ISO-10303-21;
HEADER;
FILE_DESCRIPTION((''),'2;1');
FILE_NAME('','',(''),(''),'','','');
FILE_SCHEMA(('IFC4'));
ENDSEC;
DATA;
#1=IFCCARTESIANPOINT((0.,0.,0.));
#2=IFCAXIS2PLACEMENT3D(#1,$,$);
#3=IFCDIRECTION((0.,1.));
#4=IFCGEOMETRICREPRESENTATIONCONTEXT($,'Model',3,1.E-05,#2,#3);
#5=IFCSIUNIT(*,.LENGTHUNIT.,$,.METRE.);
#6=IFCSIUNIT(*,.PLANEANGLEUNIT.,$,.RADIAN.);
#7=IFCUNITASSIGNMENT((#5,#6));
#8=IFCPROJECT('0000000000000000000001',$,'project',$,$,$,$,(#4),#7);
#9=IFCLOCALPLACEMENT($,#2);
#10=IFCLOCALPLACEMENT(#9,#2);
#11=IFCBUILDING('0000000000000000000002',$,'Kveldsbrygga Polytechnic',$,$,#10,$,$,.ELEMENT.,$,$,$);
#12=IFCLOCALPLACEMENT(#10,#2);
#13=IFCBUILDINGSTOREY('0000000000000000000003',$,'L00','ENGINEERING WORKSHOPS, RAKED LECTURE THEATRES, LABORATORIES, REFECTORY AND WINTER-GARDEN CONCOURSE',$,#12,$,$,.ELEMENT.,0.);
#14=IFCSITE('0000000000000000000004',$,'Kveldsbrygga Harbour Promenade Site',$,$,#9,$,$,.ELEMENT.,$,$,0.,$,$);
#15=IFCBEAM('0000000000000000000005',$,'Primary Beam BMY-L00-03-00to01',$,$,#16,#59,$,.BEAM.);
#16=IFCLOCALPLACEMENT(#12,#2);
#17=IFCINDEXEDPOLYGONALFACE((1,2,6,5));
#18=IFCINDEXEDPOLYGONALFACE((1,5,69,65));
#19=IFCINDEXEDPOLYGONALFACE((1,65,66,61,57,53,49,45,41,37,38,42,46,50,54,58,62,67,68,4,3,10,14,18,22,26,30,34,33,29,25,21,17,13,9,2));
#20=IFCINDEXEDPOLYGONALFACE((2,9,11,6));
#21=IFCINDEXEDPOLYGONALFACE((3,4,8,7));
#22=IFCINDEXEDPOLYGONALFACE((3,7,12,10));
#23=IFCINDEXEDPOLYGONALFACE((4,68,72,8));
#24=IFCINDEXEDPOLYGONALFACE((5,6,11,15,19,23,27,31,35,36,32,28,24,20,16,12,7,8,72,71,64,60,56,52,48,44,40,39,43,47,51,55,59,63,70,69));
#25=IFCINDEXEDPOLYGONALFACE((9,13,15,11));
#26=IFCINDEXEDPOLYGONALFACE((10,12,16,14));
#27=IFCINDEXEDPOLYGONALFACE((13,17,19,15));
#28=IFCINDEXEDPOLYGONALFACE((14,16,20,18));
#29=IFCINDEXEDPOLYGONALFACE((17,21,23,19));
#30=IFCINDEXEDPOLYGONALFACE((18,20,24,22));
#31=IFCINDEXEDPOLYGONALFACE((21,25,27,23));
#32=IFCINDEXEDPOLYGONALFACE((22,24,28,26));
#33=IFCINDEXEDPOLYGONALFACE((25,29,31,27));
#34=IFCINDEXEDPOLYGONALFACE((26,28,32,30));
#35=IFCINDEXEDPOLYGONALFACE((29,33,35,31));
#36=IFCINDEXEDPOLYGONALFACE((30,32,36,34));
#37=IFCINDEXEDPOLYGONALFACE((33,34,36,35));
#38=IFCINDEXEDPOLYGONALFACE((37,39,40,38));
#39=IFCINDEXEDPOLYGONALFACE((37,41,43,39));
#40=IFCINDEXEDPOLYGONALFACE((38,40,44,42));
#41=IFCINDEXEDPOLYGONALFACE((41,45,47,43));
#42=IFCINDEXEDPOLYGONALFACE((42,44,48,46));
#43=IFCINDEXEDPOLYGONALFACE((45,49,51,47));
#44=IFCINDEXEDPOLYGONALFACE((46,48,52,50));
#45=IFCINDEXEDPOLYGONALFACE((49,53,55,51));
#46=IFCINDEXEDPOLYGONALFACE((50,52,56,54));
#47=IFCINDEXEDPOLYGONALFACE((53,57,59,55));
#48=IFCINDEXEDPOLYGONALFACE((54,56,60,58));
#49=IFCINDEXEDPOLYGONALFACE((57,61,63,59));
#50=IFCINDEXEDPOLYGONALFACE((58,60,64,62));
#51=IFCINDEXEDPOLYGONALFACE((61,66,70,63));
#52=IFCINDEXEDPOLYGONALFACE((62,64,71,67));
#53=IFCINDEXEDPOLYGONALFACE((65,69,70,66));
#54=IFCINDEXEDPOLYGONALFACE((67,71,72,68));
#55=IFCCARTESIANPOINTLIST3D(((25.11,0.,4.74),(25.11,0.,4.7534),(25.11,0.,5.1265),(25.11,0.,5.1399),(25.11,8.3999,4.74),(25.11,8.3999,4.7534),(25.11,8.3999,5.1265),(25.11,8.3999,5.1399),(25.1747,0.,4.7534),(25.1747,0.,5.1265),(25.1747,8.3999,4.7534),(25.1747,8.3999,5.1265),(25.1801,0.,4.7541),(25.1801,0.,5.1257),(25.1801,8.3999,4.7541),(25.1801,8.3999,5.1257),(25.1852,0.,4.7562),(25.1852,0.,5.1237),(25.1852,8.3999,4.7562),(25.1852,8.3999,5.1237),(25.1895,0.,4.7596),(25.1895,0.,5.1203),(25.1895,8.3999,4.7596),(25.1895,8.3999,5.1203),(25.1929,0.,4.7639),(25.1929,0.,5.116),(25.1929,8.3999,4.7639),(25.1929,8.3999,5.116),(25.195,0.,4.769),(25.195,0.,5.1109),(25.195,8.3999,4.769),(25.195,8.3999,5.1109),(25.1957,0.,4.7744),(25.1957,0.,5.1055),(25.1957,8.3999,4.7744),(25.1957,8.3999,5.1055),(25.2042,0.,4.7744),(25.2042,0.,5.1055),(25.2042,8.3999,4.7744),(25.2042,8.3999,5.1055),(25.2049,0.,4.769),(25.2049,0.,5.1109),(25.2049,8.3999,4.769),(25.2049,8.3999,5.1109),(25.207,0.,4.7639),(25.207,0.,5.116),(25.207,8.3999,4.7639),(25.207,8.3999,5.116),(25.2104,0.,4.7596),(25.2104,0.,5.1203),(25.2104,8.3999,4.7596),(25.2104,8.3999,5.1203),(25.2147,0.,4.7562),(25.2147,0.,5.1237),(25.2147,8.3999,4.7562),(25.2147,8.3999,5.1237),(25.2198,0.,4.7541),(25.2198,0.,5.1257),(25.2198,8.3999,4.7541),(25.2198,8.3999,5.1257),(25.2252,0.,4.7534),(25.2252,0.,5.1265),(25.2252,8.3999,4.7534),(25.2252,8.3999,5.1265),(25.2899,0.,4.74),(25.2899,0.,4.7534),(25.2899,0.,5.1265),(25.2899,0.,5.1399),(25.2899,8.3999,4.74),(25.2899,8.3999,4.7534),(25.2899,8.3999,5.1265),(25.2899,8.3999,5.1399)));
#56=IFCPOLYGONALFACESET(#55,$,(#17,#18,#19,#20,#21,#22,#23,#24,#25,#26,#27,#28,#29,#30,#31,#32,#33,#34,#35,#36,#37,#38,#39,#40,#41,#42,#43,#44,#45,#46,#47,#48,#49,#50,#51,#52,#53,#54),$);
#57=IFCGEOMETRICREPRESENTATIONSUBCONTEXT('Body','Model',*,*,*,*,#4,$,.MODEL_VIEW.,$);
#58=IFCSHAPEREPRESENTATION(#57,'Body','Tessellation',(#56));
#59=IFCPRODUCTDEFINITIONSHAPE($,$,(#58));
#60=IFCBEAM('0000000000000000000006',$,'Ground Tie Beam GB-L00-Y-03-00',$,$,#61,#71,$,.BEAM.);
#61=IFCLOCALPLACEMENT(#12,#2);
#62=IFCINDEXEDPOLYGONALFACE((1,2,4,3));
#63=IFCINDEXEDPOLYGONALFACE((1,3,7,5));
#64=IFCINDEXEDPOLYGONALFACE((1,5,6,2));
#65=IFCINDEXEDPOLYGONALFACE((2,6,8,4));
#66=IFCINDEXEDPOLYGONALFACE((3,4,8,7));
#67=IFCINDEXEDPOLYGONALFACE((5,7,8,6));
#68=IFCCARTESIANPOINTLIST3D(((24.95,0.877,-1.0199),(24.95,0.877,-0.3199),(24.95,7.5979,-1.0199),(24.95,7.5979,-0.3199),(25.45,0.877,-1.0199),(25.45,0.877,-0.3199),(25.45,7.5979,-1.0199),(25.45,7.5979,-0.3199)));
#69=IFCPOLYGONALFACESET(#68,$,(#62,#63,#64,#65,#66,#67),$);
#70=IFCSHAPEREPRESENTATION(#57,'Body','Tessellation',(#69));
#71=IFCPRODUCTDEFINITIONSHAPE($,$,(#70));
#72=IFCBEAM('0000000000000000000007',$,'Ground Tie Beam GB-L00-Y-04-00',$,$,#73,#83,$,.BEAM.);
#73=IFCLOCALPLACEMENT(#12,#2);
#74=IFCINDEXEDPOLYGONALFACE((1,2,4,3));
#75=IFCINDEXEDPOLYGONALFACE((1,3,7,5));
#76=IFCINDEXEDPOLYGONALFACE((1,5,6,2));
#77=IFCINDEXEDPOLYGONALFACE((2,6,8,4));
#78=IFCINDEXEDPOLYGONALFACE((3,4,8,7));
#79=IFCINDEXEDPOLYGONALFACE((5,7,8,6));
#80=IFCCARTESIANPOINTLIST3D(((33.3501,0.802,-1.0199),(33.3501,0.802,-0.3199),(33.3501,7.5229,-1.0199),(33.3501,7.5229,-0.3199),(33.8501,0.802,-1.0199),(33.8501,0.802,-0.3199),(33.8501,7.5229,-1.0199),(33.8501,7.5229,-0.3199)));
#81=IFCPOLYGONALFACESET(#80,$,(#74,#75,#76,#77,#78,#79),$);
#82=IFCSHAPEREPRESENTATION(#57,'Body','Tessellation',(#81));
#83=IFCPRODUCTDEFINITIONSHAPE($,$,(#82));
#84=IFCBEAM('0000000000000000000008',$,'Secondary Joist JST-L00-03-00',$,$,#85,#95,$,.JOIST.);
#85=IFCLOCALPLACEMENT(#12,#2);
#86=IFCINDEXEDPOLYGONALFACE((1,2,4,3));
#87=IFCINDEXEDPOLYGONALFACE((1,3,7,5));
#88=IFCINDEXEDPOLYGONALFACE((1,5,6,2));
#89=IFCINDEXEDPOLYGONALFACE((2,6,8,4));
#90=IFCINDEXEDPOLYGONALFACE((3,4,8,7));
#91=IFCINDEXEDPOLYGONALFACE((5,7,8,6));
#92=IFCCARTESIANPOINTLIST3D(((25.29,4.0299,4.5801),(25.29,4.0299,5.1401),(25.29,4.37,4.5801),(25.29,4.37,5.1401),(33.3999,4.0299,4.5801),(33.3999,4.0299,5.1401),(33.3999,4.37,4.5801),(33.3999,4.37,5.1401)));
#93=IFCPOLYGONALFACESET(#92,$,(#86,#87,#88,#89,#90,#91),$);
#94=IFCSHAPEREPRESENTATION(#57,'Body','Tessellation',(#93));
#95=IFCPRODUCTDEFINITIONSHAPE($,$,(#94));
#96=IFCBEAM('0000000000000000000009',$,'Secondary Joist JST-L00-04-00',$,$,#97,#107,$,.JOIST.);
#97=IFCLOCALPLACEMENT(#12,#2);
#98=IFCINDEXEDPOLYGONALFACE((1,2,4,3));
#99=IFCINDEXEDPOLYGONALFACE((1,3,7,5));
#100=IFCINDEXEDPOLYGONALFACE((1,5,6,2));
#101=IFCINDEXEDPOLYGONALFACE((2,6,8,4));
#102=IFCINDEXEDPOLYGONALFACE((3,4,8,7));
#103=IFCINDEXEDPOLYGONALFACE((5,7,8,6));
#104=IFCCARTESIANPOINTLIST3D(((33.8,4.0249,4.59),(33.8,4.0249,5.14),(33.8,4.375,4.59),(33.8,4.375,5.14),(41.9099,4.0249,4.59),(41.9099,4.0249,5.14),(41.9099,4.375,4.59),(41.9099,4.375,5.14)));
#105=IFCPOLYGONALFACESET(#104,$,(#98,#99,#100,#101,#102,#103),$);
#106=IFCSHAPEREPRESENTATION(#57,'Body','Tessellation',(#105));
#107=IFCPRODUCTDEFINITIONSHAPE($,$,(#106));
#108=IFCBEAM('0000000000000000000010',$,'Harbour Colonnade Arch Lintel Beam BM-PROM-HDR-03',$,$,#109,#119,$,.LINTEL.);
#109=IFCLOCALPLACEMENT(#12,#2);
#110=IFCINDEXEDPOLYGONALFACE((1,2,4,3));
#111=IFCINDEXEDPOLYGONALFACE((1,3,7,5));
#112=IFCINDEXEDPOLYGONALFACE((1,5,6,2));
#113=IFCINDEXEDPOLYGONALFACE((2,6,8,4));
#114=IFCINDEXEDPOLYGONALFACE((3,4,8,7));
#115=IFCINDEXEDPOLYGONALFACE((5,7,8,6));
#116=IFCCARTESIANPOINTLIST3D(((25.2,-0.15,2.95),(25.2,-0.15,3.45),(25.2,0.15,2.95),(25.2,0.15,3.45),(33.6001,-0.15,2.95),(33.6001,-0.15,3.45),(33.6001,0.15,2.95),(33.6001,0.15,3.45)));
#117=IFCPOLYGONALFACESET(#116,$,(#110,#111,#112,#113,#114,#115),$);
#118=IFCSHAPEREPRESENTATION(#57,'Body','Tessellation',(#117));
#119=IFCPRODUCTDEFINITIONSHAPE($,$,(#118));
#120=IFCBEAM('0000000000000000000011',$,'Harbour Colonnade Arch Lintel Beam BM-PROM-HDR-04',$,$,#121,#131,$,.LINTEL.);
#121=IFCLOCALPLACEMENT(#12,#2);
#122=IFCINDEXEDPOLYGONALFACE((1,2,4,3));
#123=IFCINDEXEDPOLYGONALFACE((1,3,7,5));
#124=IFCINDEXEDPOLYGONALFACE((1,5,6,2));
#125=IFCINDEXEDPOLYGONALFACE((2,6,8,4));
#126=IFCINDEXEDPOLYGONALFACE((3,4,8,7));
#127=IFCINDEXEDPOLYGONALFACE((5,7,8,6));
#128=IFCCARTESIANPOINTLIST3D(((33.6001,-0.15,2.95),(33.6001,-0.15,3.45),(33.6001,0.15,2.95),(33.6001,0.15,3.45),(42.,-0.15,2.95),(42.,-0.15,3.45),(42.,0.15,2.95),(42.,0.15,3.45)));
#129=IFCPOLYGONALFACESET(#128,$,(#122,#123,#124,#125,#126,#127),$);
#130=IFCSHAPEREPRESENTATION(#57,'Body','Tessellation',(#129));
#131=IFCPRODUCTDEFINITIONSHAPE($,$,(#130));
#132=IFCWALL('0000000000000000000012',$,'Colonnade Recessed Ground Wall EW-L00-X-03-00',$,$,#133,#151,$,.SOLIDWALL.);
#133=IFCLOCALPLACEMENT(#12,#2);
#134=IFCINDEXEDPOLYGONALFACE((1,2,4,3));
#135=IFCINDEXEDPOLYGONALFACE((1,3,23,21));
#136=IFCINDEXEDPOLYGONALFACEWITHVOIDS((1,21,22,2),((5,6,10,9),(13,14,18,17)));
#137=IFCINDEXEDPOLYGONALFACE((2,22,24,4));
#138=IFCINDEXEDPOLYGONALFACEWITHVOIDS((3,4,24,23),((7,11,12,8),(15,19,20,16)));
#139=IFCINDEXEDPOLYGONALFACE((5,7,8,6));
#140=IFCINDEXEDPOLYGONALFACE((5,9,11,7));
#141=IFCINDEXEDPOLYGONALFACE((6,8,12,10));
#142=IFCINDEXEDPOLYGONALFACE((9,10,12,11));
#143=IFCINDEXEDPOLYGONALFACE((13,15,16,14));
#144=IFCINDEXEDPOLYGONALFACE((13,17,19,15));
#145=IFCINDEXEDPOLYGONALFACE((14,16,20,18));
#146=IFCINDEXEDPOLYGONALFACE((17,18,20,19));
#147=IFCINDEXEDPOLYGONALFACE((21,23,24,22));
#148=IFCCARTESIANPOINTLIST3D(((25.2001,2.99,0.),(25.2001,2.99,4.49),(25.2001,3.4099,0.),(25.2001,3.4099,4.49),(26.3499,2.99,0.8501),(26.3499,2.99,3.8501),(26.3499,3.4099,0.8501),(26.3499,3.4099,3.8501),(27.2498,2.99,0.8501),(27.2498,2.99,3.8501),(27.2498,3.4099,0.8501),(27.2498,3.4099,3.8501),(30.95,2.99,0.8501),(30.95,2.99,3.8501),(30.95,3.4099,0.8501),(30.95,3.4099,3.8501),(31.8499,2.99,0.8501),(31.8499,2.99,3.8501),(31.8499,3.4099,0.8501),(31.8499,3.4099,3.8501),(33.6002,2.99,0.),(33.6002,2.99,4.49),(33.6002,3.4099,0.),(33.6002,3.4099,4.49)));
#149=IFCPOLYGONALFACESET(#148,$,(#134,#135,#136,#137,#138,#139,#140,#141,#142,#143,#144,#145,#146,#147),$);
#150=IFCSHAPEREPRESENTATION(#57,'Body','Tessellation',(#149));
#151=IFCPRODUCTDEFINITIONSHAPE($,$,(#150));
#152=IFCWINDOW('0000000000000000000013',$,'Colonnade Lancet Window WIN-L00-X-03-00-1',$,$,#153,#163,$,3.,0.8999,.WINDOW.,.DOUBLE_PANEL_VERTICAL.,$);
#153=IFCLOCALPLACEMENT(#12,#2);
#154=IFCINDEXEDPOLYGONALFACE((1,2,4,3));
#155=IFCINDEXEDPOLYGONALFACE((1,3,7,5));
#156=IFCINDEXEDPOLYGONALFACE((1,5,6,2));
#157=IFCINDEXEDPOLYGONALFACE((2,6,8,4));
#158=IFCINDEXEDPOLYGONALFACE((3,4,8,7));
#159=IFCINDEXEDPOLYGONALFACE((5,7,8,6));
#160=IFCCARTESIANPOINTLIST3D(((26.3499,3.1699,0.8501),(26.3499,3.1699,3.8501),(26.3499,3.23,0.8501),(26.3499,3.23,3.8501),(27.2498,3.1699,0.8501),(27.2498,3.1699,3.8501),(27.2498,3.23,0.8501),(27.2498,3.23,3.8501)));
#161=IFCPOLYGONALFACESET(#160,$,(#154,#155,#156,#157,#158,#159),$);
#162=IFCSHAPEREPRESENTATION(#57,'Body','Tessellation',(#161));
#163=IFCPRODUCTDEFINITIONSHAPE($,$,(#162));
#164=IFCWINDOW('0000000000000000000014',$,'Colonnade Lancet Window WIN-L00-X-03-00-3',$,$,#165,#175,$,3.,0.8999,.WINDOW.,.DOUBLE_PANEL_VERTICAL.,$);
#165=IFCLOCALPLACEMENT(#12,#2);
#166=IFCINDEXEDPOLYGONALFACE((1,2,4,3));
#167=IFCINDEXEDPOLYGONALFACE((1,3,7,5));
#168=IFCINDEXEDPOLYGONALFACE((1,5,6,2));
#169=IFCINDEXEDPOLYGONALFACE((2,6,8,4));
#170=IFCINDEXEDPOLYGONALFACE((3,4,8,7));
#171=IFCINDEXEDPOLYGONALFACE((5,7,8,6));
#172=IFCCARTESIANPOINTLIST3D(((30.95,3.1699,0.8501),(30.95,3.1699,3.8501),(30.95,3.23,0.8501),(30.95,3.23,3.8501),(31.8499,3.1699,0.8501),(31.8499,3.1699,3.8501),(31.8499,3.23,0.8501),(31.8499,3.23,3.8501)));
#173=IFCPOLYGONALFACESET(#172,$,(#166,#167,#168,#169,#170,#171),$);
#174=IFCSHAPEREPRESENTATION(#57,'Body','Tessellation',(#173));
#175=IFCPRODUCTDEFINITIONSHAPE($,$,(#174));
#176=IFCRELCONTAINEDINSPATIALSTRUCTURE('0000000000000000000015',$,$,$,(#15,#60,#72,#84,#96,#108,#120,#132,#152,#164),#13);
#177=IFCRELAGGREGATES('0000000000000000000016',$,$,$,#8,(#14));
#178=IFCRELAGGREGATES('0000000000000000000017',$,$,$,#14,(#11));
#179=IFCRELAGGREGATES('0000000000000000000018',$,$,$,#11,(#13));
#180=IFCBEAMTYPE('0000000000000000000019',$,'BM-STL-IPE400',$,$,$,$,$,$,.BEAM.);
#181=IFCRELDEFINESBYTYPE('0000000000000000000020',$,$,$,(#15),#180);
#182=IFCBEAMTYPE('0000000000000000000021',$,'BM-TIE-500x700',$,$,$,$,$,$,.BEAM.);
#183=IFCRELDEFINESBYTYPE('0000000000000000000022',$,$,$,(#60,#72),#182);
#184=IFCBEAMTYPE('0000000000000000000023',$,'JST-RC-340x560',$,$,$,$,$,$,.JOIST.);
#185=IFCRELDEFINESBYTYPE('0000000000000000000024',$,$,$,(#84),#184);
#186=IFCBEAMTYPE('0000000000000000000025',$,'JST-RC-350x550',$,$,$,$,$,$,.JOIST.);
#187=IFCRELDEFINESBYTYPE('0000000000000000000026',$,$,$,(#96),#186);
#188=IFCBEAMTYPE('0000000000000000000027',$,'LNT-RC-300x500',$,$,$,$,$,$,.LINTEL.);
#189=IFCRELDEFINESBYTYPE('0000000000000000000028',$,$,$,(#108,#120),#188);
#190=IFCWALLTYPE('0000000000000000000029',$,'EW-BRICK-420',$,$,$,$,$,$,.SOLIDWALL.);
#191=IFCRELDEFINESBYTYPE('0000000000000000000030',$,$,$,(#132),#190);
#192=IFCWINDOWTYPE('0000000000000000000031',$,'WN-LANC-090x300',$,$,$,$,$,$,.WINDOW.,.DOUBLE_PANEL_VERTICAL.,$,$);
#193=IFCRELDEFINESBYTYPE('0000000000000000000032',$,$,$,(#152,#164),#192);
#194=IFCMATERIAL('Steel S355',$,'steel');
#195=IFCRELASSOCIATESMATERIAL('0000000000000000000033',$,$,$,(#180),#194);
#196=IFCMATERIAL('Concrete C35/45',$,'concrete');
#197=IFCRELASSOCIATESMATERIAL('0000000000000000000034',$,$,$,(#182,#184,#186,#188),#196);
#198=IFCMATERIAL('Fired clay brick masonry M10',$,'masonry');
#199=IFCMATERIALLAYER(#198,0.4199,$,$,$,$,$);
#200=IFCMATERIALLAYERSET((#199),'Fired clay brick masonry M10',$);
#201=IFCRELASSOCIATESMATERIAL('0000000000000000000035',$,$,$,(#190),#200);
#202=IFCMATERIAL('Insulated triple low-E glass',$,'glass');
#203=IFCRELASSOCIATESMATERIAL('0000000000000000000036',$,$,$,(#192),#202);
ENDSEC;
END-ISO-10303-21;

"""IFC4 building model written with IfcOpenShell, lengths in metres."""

from ifc_helpers import new_model, si_unit, direction, frame, frame_2d, origin, origin_2d, place, context, subcontext, project, spatial, rectangle, i_section, extrude, material, layer, layer_set, material_profile, profile_set, type_object, element, fill, save


model = new_model("IFC4")

# Units and contexts
model_context = context("Model", 3, precision=1e-05, world=origin(), true_north=direction((0.0, 1.0)))
body_context = subcontext(model_context, "Body", "Model", "MODEL_VIEW")
ifc_project = project(units=[si_unit("LENGTHUNIT", "METRE"), si_unit("PLANEANGLEUNIT", "RADIAN")], contexts=[model_context])

# Site, building, storey
site_placement = place(None, origin())
site = spatial("IfcSite", under=ifc_project, at=site_placement, Name="Kveldsbrygga Harbour Promenade Site", CompositionType="ELEMENT", RefElevation=0.0)
building_placement = place(site_placement, origin())
building = spatial("IfcBuilding", under=site, at=building_placement, Name="Kveldsbrygga Polytechnic", CompositionType="ELEMENT")
storey_placement = place(building_placement, origin())
storey = spatial("IfcBuildingStorey", under=building, at=storey_placement, Name="L00", Description="ENGINEERING WORKSHOPS, RAKED LECTURE THEATRES, LABORATORIES, REFECTORY AND WINTER-GARDEN CONCOURSE", CompositionType="ELEMENT", Elevation=0.0)

# Beams
ifc_material_1 = material(Name="Concrete C35/45", Category="concrete")
ifc_material_2 = material(Name="Steel S355", Category="steel")
ifc_material_profile_1 = material_profile(ifc_material_2, i_section(OverallWidth=0.1799, OverallDepth=0.3999, WebThickness=0.0085, FlangeThickness=0.0134, FilletRadius=0.021, at=origin_2d()), Name="IPE 400")
ifc_profile_set_1 = profile_set([ifc_material_profile_1], Name="Steel S355")
beam_type_1 = type_object("IfcBeamType", Name="BM-STL-IPE400", PredefinedType="BEAM", material=ifc_profile_set_1)
beam_1_placement = place(storey_placement, frame((25.2, 0.0, 4.9399), z_axis=(0.0, 1.0, 0.0), x_axis=(-1.0, 0.0, 0.0)))
element("IfcBeam", 1, at=beam_1_placement, inside=storey, type_object=beam_type_1, Name="Primary Beam BMY-L00-03-00to01", PredefinedType="BEAM", context=body_context, shape_type="SweptSolid", body=[
    extrude(i_section(OverallWidth=0.1799, OverallDepth=0.3999, WebThickness=0.0085, FlangeThickness=0.0134, FilletRadius=0.021, at=origin_2d()), origin(), (0.0, 0.0, 1.0), 8.3999),
])
ifc_material_profile_2 = material_profile(ifc_material_1, rectangle(XDim=0.5, YDim=0.7, at=origin_2d()), Name="RC 500x700")
ifc_profile_set_2 = profile_set([ifc_material_profile_2], Name="Concrete C35/45")
beam_type_2 = type_object("IfcBeamType", Name="BM-TIE-500x700", PredefinedType="BEAM", material=ifc_profile_set_2)
for number, where, z_axis, x_axis, name in (
    (2, (25.2, 0.877, -0.6699), (0.0, 1.0, 0.0), (-1.0, 0.0, 0.0), "Ground Tie Beam GB-L00-Y-03-00"),
    (3, (33.6001, 0.802, -0.6699), (0.0, 1.0, 0.0), (-1.0, 0.0, 0.0), "Ground Tie Beam GB-L00-Y-04-00"),
):
    element("IfcBeam", number, at=place(storey_placement, frame(where, z_axis=z_axis, x_axis=x_axis)), inside=storey, type_object=beam_type_2, Name=name, PredefinedType="BEAM", context=body_context, shape_type="SweptSolid", body=[
        extrude(rectangle(XDim=0.5, YDim=0.7, at=origin_2d()), origin(), (0.0, 0.0, 1.0), 6.7209),
    ])
ifc_material_profile_3 = material_profile(ifc_material_1, rectangle(XDim=0.3401, YDim=0.5601, at=origin_2d()), Name="RC 340x560")
ifc_profile_set_3 = profile_set([ifc_material_profile_3], Name="Concrete C35/45")
beam_type_3 = type_object("IfcBeamType", Name="JST-RC-340x560", PredefinedType="JOIST", material=ifc_profile_set_3)
beam_2_placement = place(storey_placement, frame((25.29, 4.2, 4.8601), z_axis=(1.0, 0.0, 0.0), x_axis=(0.0, 1.0, 0.0)))
element("IfcBeam", 4, at=beam_2_placement, inside=storey, type_object=beam_type_3, Name="Secondary Joist JST-L00-03-00", PredefinedType="JOIST", context=body_context, shape_type="SweptSolid", body=[
    extrude(rectangle(XDim=0.3401, YDim=0.5601, at=origin_2d()), origin(), (0.0, 0.0, 1.0), 8.1099),
])
ifc_material_profile_4 = material_profile(ifc_material_1, rectangle(XDim=0.3501, YDim=0.55, at=origin_2d()), Name="RC 350x550")
ifc_profile_set_4 = profile_set([ifc_material_profile_4], Name="Concrete C35/45")
beam_type_4 = type_object("IfcBeamType", Name="JST-RC-350x550", PredefinedType="JOIST", material=ifc_profile_set_4)
beam_3_placement = place(storey_placement, frame((33.8, 4.2, 4.865), z_axis=(1.0, 0.0, 0.0), x_axis=(0.0, 1.0, 0.0)))
element("IfcBeam", 5, at=beam_3_placement, inside=storey, type_object=beam_type_4, Name="Secondary Joist JST-L00-04-00", PredefinedType="JOIST", context=body_context, shape_type="SweptSolid", body=[
    extrude(rectangle(XDim=0.3501, YDim=0.55, at=origin_2d()), origin(), (0.0, 0.0, 1.0), 8.1099),
])
ifc_material_profile_5 = material_profile(ifc_material_1, rectangle(XDim=0.3, YDim=0.5, at=origin_2d()), Name="RC 300x500")
ifc_profile_set_5 = profile_set([ifc_material_profile_5], Name="Concrete C35/45")
beam_type_5 = type_object("IfcBeamType", Name="LNT-RC-300x500", PredefinedType="LINTEL", material=ifc_profile_set_5)
beam_4_placement = place(storey_placement, frame((25.2, 0.0, 3.2), z_axis=(1.0, 0.0, 0.0), x_axis=(0.0, 1.0, 0.0)))
element("IfcBeam", 6, at=beam_4_placement, inside=storey, type_object=beam_type_5, Name="Harbour Colonnade Arch Lintel Beam BM-PROM-HDR-03", PredefinedType="LINTEL", context=body_context, shape_type="SweptSolid", body=[
    extrude(rectangle(XDim=0.3, YDim=0.5, at=origin_2d()), origin(), (0.0, 0.0, 1.0), 8.4001),
])
beam_5_placement = place(storey_placement, frame((33.6001, 0.0, 3.2), z_axis=(1.0, 0.0, 0.0), x_axis=(0.0, 1.0, 0.0)))
element("IfcBeam", 7, at=beam_5_placement, inside=storey, type_object=beam_type_5, Name="Harbour Colonnade Arch Lintel Beam BM-PROM-HDR-04", PredefinedType="LINTEL", context=body_context, shape_type="SweptSolid", body=[
    extrude(rectangle(XDim=0.3, YDim=0.5, at=origin_2d()), origin(), (0.0, 0.0, 1.0), 8.3999),
])

# Wall, openings, windows
ifc_material_3 = material(Name="Fired clay brick masonry M10", Category="masonry")
ifc_layer_1 = layer(ifc_material_3, 0.4199)
ifc_layer_set_1 = layer_set([ifc_layer_1], Name="Fired clay brick masonry M10")
wall_type_1 = type_object("IfcWallType", Name="EW-BRICK-420", PredefinedType="SOLIDWALL", material=ifc_layer_set_1)
wall_1_placement = place(storey_placement, frame((25.2, 3.2, 0.0), z_axis=(0.0, 0.0, 1.0), x_axis=(1.0, 0.0, 0.0)))
wall_1 = element("IfcWall", 8, at=wall_1_placement, inside=storey, type_object=wall_type_1, Name="Colonnade Recessed Ground Wall EW-L00-X-03-00", PredefinedType="SOLIDWALL", context=body_context, shape_type="SweptSolid", body=[
    extrude(rectangle(XDim=8.4001, YDim=0.4199, at=frame_2d((4.2002, 0.0))), origin(), (0.0, 0.0, 1.0), 4.49),
])
opening_1_placement = place(wall_1_placement, frame((1.1499, 0.0, 0.8501)))
opening_1 = element("IfcOpeningElement", 9, at=opening_1_placement, cuts=wall_1, PredefinedType="OPENING", context=body_context, shape_type="SweptSolid", body=[
    extrude(rectangle(XDim=0.8999, YDim=3.0, at=frame_2d((0.45, 1.5))), frame((0.0, 0.22, 0.0), z_axis=(0.0, -1.0, 0.0), x_axis=(1.0, 0.0, 0.0)), (0.0, 0.0, 1.0), 0.4399),
])
opening_2_placement = place(wall_1_placement, frame((5.75, 0.0, 0.8501)))
opening_2 = element("IfcOpeningElement", 10, at=opening_2_placement, cuts=wall_1, PredefinedType="OPENING", context=body_context, shape_type="SweptSolid", body=[
    extrude(rectangle(XDim=0.8999, YDim=3.0, at=frame_2d((0.45, 1.5))), frame((0.0, 0.22, 0.0), z_axis=(0.0, -1.0, 0.0), x_axis=(1.0, 0.0, 0.0)), (0.0, 0.0, 1.0), 0.4399),
])
ifc_material_4 = material(Name="Insulated triple low-E glass", Category="glass")
window_type = type_object("IfcWindowType", Name="WN-LANC-090x300", PartitioningType="DOUBLE_PANEL_VERTICAL", PredefinedType="WINDOW", material=ifc_material_4)
window_1_placement = place(opening_1_placement, origin())
window_1 = element("IfcWindow", 11, at=window_1_placement, inside=storey, type_object=window_type, Name="Colonnade Lancet Window WIN-L00-X-03-00-1", OverallHeight=3.0, OverallWidth=0.8999, PartitioningType="DOUBLE_PANEL_VERTICAL", PredefinedType="WINDOW", context=body_context, shape_type="SweptSolid", body=[
    extrude(rectangle(XDim=0.8999, YDim=3.0, at=frame_2d((0.45, 1.5))), frame((0.0, 0.03, 0.0), z_axis=(0.0, -1.0, 0.0), x_axis=(1.0, 0.0, 0.0)), (0.0, 0.0, 1.0), 0.0601),
])
fill(opening_1, window_1)
window_2_placement = place(opening_2_placement, origin())
window_2 = element("IfcWindow", 12, at=window_2_placement, inside=storey, type_object=window_type, Name="Colonnade Lancet Window WIN-L00-X-03-00-3", OverallHeight=3.0, OverallWidth=0.8999, PartitioningType="DOUBLE_PANEL_VERTICAL", PredefinedType="WINDOW", context=body_context, shape_type="SweptSolid", body=[
    extrude(rectangle(XDim=0.8999, YDim=3.0, at=frame_2d((0.45, 1.5))), frame((0.0, 0.03, 0.0), z_axis=(0.0, -1.0, 0.0), x_axis=(1.0, 0.0, 0.0)), (0.0, 0.0, 1.0), 0.0601),
])
fill(opening_2, window_2)

save(model, "model.ifc")
